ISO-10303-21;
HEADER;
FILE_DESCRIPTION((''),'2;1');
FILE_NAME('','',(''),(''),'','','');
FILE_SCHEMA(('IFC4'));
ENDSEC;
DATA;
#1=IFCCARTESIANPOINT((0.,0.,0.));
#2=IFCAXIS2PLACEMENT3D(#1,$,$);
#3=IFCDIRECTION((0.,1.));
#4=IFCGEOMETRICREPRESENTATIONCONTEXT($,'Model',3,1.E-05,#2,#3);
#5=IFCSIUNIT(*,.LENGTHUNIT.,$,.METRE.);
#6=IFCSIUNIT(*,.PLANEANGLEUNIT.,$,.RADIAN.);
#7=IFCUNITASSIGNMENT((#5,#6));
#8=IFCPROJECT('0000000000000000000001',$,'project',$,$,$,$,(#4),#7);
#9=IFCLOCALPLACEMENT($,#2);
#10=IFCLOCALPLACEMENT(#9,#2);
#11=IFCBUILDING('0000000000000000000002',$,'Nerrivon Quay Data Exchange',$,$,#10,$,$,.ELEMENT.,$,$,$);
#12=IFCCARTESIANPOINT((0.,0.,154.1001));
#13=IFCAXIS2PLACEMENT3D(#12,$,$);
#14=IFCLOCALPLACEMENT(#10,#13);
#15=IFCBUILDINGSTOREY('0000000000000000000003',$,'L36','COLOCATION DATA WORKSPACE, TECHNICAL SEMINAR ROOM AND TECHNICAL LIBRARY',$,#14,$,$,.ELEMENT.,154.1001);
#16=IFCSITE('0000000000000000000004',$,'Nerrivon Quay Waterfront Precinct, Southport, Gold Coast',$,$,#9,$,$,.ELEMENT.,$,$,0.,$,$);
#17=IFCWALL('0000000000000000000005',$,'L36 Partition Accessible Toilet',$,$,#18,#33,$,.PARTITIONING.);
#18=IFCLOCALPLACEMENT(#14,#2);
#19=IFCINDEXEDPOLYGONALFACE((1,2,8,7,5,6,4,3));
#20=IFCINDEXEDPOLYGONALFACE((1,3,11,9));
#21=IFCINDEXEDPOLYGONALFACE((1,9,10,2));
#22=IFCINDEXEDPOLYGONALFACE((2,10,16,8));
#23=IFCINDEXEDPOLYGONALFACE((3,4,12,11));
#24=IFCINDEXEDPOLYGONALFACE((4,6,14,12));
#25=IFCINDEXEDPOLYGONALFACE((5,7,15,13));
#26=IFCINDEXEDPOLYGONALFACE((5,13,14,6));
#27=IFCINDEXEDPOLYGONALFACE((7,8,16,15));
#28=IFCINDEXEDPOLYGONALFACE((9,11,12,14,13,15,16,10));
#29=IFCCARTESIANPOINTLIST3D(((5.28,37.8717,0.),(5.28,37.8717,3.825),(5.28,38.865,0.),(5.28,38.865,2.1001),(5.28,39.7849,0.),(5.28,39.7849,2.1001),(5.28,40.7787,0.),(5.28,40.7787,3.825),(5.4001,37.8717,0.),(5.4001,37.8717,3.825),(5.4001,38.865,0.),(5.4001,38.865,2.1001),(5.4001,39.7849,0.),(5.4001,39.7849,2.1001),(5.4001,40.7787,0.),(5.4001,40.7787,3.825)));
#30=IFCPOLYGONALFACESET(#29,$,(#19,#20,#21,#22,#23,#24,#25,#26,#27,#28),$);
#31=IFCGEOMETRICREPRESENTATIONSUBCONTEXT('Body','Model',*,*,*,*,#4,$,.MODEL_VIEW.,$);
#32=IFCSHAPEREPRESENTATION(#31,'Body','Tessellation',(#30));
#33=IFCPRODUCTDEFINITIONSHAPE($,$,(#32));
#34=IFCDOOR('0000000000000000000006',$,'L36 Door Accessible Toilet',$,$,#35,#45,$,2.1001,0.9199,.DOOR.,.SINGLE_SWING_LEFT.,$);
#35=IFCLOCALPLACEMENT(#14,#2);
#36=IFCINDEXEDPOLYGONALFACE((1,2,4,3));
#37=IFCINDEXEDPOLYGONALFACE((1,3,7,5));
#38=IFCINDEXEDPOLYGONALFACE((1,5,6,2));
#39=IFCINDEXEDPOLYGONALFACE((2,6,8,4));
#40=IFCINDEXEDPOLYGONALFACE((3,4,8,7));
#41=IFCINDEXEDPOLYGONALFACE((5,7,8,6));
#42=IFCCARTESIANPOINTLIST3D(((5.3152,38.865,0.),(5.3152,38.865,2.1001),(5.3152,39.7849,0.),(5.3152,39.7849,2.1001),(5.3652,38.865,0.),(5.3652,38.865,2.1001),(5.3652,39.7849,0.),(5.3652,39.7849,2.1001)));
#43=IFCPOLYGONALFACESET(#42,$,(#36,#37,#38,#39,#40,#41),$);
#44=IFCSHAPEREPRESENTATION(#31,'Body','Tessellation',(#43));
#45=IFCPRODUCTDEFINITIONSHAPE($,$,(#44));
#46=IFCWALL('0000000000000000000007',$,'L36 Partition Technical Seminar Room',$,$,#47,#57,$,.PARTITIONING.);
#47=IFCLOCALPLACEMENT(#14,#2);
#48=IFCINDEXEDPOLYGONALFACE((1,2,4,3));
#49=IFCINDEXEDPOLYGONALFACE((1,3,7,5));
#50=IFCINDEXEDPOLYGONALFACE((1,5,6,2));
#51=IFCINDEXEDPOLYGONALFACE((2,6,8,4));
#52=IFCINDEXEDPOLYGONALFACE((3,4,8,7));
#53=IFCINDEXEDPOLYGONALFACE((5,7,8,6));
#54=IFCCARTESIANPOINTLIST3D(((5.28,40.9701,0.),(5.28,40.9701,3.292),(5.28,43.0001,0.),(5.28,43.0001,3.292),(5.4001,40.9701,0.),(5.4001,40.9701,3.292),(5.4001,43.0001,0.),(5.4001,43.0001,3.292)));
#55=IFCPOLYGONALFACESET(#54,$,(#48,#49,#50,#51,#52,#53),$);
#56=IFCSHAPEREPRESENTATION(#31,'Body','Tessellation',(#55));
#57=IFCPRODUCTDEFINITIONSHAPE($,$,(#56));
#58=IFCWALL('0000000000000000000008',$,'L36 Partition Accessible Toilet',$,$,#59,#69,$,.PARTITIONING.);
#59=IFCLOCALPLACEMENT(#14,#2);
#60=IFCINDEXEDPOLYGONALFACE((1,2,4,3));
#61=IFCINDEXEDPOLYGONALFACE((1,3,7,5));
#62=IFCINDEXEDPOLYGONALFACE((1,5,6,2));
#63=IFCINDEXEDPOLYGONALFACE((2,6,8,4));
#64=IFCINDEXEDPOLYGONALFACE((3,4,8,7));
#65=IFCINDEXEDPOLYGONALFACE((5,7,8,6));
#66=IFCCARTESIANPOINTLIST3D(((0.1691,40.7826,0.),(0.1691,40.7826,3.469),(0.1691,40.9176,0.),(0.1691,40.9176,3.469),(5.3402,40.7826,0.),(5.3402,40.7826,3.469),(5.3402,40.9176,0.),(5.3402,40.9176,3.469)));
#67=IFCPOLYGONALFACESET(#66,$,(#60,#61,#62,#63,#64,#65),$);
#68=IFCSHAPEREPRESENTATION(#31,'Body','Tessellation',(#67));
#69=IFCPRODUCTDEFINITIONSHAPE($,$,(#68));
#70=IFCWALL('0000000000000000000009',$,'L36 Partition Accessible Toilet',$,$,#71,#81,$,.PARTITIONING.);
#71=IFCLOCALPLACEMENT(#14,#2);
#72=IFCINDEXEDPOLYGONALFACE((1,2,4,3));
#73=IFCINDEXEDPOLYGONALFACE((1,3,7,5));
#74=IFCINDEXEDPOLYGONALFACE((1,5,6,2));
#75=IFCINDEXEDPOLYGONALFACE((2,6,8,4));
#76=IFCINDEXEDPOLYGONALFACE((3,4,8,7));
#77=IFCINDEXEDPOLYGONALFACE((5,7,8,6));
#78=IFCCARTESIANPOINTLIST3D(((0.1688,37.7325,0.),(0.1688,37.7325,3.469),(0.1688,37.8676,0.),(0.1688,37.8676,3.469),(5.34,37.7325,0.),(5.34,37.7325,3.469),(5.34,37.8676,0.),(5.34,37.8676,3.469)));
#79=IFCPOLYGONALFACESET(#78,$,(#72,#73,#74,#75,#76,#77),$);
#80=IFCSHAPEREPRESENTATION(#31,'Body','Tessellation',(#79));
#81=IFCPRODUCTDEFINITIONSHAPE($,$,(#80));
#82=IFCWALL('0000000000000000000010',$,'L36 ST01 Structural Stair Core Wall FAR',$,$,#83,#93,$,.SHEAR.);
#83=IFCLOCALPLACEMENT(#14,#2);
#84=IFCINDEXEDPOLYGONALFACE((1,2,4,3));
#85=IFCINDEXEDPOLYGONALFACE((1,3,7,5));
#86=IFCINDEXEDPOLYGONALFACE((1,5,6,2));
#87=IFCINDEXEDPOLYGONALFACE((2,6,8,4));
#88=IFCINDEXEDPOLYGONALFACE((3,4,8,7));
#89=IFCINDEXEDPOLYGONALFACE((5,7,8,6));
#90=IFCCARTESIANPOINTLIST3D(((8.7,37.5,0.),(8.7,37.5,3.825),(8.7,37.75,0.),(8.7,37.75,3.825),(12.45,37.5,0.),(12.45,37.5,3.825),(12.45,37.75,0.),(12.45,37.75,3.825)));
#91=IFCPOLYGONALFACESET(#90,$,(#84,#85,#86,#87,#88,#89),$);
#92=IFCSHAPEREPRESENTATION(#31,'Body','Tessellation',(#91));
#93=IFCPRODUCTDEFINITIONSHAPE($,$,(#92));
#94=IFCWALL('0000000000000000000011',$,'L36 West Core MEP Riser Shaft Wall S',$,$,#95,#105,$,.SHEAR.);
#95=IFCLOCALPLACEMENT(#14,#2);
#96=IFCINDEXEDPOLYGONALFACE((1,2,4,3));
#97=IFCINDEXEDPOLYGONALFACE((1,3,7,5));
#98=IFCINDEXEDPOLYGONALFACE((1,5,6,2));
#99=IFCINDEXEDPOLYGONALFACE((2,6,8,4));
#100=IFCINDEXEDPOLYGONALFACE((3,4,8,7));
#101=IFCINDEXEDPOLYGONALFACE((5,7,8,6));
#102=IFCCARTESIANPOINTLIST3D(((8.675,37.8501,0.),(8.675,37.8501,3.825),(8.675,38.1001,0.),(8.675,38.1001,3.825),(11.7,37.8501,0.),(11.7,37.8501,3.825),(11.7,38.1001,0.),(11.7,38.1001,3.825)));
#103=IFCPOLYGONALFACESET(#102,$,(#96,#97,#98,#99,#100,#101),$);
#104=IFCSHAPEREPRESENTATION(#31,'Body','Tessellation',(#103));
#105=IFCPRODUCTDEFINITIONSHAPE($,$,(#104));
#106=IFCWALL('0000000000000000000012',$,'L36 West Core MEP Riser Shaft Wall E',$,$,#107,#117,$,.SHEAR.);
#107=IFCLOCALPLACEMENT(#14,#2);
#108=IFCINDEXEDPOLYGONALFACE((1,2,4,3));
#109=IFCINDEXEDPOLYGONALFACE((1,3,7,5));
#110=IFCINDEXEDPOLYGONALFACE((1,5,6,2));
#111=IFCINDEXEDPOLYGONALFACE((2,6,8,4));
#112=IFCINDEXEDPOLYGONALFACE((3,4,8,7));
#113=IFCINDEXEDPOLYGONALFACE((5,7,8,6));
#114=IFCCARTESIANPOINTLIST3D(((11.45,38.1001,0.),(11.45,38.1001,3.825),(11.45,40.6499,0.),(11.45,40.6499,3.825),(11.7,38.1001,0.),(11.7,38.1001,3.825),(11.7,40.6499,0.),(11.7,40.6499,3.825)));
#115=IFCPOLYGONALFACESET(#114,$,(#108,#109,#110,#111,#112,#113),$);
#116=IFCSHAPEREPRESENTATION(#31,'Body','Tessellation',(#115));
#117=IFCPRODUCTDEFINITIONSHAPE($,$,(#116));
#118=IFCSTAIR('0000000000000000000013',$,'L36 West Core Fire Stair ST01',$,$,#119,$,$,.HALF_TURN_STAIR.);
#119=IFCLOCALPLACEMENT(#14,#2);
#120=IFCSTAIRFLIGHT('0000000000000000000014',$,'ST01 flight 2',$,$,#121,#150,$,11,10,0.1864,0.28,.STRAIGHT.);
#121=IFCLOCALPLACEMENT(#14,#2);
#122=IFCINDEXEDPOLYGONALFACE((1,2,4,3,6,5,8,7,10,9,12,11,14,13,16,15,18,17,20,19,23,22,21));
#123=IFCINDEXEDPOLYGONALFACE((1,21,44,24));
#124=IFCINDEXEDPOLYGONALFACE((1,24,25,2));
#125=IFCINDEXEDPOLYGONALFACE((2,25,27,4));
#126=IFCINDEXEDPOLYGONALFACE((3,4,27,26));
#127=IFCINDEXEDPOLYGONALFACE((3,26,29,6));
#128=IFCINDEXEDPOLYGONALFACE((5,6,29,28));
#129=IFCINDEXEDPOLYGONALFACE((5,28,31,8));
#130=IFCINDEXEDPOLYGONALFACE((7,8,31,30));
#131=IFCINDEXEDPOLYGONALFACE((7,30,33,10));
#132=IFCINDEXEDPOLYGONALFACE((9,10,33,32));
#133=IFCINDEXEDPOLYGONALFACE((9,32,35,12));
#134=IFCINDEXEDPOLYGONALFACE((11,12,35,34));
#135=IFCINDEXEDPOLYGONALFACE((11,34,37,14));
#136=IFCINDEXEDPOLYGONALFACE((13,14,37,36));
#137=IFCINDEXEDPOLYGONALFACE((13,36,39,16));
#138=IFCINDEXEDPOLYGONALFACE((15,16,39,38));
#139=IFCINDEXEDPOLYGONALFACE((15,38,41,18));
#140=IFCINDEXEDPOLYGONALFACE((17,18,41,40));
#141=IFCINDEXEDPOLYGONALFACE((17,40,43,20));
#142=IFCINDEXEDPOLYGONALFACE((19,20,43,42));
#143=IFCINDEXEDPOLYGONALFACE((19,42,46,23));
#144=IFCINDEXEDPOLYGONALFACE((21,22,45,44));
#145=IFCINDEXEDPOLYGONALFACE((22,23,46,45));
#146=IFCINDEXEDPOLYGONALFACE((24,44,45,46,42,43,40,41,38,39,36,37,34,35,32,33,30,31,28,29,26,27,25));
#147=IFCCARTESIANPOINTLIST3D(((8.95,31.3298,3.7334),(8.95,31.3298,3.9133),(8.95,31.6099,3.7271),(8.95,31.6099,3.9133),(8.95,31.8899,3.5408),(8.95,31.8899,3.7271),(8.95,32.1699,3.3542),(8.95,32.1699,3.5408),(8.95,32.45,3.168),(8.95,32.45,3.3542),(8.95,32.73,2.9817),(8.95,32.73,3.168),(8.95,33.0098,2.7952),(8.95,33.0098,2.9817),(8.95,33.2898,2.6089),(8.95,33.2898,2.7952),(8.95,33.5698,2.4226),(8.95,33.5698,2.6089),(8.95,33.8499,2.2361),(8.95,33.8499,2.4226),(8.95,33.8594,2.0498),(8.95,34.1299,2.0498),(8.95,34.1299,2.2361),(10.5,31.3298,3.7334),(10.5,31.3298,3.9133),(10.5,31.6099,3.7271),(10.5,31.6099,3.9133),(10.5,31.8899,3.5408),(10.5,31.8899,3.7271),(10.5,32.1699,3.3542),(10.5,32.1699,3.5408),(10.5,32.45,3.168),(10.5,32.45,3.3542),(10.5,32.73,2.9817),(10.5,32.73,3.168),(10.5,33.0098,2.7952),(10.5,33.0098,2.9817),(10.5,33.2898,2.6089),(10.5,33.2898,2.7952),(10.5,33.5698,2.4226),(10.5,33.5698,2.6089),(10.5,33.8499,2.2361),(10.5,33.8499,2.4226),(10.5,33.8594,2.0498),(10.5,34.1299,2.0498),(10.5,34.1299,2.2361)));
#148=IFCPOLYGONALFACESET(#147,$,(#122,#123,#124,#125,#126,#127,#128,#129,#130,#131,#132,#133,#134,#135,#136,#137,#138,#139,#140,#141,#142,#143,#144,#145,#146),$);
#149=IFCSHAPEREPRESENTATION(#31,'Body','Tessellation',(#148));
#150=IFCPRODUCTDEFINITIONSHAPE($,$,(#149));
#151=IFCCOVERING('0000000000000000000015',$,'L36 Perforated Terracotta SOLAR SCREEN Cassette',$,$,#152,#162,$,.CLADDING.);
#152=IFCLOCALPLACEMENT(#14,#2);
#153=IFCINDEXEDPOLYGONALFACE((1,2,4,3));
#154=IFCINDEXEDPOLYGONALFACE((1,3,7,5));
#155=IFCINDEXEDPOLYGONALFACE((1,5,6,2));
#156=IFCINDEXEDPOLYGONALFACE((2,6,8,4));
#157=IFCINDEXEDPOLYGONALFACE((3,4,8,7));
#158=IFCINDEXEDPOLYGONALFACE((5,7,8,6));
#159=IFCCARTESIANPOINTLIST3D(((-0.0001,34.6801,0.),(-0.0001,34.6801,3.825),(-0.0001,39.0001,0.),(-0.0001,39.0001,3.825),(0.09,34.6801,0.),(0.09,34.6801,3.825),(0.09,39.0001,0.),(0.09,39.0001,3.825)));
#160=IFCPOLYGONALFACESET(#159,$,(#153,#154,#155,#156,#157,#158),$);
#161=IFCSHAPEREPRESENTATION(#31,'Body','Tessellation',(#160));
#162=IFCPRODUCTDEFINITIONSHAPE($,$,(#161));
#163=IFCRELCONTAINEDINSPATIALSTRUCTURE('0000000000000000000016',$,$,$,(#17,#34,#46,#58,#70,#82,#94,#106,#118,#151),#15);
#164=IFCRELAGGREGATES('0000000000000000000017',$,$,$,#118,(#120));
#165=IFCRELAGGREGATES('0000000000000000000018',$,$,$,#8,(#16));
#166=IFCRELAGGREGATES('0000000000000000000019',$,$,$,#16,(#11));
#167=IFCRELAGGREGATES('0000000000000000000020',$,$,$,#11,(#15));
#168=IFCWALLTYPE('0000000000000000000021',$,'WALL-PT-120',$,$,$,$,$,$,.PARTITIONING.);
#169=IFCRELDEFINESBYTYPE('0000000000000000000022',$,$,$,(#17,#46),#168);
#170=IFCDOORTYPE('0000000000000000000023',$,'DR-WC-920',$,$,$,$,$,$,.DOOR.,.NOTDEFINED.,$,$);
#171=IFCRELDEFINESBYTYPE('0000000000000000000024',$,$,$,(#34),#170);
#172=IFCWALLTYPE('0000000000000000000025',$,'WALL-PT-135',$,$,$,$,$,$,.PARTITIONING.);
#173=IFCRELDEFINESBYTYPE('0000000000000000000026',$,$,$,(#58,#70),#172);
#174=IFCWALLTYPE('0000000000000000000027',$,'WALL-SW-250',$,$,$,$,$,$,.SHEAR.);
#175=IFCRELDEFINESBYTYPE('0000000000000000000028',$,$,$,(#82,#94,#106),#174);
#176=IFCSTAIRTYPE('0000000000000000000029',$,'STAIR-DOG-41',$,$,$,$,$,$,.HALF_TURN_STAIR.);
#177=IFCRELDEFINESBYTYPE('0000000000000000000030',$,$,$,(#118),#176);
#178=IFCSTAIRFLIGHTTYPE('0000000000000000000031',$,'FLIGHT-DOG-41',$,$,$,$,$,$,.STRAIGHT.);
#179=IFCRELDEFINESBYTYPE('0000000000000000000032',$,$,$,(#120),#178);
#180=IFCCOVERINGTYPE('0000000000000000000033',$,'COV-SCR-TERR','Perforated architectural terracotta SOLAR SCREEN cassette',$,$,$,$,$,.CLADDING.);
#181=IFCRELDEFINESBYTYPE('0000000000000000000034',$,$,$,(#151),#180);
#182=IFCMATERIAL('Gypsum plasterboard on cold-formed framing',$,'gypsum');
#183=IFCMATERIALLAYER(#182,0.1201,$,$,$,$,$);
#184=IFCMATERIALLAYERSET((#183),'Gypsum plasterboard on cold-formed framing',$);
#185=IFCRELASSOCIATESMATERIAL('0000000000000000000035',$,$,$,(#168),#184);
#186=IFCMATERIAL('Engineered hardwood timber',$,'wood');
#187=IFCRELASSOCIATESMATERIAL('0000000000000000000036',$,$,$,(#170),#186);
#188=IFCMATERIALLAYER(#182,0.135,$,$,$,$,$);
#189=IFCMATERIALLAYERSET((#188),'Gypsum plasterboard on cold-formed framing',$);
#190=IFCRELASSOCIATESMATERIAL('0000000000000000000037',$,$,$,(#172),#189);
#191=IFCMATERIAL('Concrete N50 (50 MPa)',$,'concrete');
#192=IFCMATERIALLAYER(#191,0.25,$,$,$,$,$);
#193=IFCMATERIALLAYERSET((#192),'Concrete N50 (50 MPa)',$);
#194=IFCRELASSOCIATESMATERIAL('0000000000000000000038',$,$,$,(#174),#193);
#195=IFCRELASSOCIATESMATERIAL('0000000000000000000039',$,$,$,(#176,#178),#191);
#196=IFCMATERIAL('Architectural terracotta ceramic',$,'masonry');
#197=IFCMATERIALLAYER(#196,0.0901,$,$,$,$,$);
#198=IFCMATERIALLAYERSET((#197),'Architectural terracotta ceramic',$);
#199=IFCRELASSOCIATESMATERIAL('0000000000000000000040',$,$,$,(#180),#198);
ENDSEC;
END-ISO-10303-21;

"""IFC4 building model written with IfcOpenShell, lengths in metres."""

from ifc_helpers import new_model, si_unit, direction, frame, frame_2d, origin, origin_2d, place, context, subcontext, project, spatial, polyline, rectangle, outline, extrude, material, layer, layer_set, type_object, element, fill, aggregate, save


model = new_model("IFC4")

# Units and contexts
model_context = context("Model", 3, precision=1e-05, world=origin(), true_north=direction((0.0, 1.0)))
body_context = subcontext(model_context, "Body", "Model", "MODEL_VIEW")
ifc_project = project(units=[si_unit("LENGTHUNIT", "METRE"), si_unit("PLANEANGLEUNIT", "RADIAN")], contexts=[model_context])

# Site, building, storey
site_placement = place(None, origin())
site = spatial("IfcSite", under=ifc_project, at=site_placement, Name="Nerrivon Quay Waterfront Precinct, Southport, Gold Coast", CompositionType="ELEMENT", RefElevation=0.0)
building_placement = place(site_placement, origin())
building = spatial("IfcBuilding", under=site, at=building_placement, Name="Nerrivon Quay Data Exchange", CompositionType="ELEMENT")
storey_placement = place(building_placement, frame((0.0, 0.0, 154.1001)))
storey = spatial("IfcBuildingStorey", under=building, at=storey_placement, Name="L36", Description="COLOCATION DATA WORKSPACE, TECHNICAL SEMINAR ROOM AND TECHNICAL LIBRARY", CompositionType="ELEMENT", Elevation=154.1001)

# Shared definitions
ifc_material_1 = material(Name="Gypsum plasterboard on cold-formed framing", Category="gypsum")

# Wall, opening, door
ifc_layer_1 = layer(ifc_material_1, 0.1201)
ifc_layer_set_1 = layer_set([ifc_layer_1], Name="Gypsum plasterboard on cold-formed framing")
wall_type_1 = type_object("IfcWallType", Name="WALL-PT-120", PredefinedType="PARTITIONING", material=ifc_layer_set_1)
wall_1_placement = place(storey_placement, frame((5.3401, 37.8716, 0.0), z_axis=(0.0, 0.0, 1.0), x_axis=(0.0, 1.0, 0.0)))
wall_1 = element("IfcWall", 1, at=wall_1_placement, inside=storey, type_object=wall_type_1, Name="L36 Partition Accessible Toilet", PredefinedType="PARTITIONING", context=body_context, shape_type="SweptSolid", body=[
    extrude(rectangle(XDim=2.907, YDim=0.1201, at=frame_2d((1.4536, 0.0))), origin(), (0.0, 0.0, 1.0), 3.825),
])
opening_1_placement = place(wall_1_placement, frame((0.9934, 0.0, 0.0)))
opening_1 = element("IfcOpeningElement", 2, at=opening_1_placement, cuts=wall_1, PredefinedType="OPENING", context=body_context, shape_type="SweptSolid", body=[
    extrude(rectangle(XDim=0.9199, YDim=2.1001, at=frame_2d((0.46, 1.05))), frame((0.0, 0.0701, 0.0), z_axis=(0.0, -1.0, 0.0), x_axis=(1.0, 0.0, 0.0)), (0.0, 0.0, 1.0), 0.1401),
])
ifc_material_2 = material(Name="Engineered hardwood timber", Category="wood")
door_type_1 = type_object("IfcDoorType", Name="DR-WC-920", OperationType="NOTDEFINED", PredefinedType="DOOR", material=ifc_material_2)
door_1_placement = place(opening_1_placement, origin())
door_1 = element("IfcDoor", 3, at=door_1_placement, inside=storey, type_object=door_type_1, Name="L36 Door Accessible Toilet", OperationType="SINGLE_SWING_LEFT", OverallHeight=2.1001, OverallWidth=0.9199, PredefinedType="DOOR", context=body_context, shape_type="SweptSolid", body=[
    extrude(rectangle(XDim=0.9199, YDim=2.1001, at=frame_2d((0.46, 1.05))), frame((0.0, 0.0249, 0.0), z_axis=(0.0, -1.0, 0.0), x_axis=(1.0, 0.0, 0.0)), (0.0, 0.0, 1.0), 0.05),
])
fill(opening_1, door_1)

# Walls
wall_2_placement = place(storey_placement, frame((5.3401, 40.97, 0.0), z_axis=(0.0, 0.0, 1.0), x_axis=(0.0, 1.0, 0.0)))
element("IfcWall", 4, at=wall_2_placement, inside=storey, type_object=wall_type_1, Name="L36 Partition Technical Seminar Room", PredefinedType="PARTITIONING", context=body_context, shape_type="SweptSolid", body=[
    extrude(rectangle(XDim=2.03, YDim=0.1201, at=frame_2d((1.0151, 0.0))), origin(), (0.0, 0.0, 1.0), 3.292),
])
ifc_layer_2 = layer(ifc_material_1, 0.135)
ifc_layer_set_2 = layer_set([ifc_layer_2], Name="Gypsum plasterboard on cold-formed framing")
wall_type_2 = type_object("IfcWallType", Name="WALL-PT-135", PredefinedType="PARTITIONING", material=ifc_layer_set_2)
for number, where, z_axis, x_axis, name in (
    (5, (5.3401, 40.8501, 0.0), (0.0, 0.0, 1.0), (-1.0, 0.0, 0.0), "L36 Partition Accessible Toilet"),
    (6, (0.1689, 37.8, 0.0), (0.0, 0.0, 1.0), (1.0, 0.0, 0.0), "L36 Partition Accessible Toilet"),
):
    element("IfcWall", number, at=place(storey_placement, frame(where, z_axis=z_axis, x_axis=x_axis)), inside=storey, type_object=wall_type_2, Name=name, PredefinedType="PARTITIONING", context=body_context, shape_type="SweptSolid", body=[
        extrude(rectangle(XDim=5.1711, YDim=0.135, at=frame_2d((2.5854, 0.0))), origin(), (0.0, 0.0, 1.0), 3.469),
    ])
ifc_material_3 = material(Name="Concrete N50 (50 MPa)", Category="concrete")
ifc_layer_3 = layer(ifc_material_3, 0.25)
ifc_layer_set_3 = layer_set([ifc_layer_3], Name="Concrete N50 (50 MPa)")
wall_type_3 = type_object("IfcWallType", Name="WALL-SW-250", PredefinedType="SHEAR", material=ifc_layer_set_3)
wall_3_placement = place(storey_placement, frame((12.45, 37.625, 0.0), z_axis=(0.0, 0.0, 1.0), x_axis=(-1.0, 0.0, 0.0)))
element("IfcWall", 7, at=wall_3_placement, inside=storey, type_object=wall_type_3, Name="L36 ST01 Structural Stair Core Wall FAR", PredefinedType="SHEAR", context=body_context, shape_type="SweptSolid", body=[
    extrude(rectangle(XDim=3.75, YDim=0.25, at=frame_2d((1.875, 0.0))), origin(), (0.0, 0.0, 1.0), 3.825),
])
wall_4_placement = place(storey_placement, frame((8.675, 37.9751, 0.0), z_axis=(0.0, 0.0, 1.0), x_axis=(1.0, 0.0, 0.0)))
element("IfcWall", 8, at=wall_4_placement, inside=storey, type_object=wall_type_3, Name="L36 West Core MEP Riser Shaft Wall S", PredefinedType="SHEAR", context=body_context, shape_type="SweptSolid", body=[
    extrude(rectangle(XDim=3.0249, YDim=0.25, at=frame_2d((1.5125, 0.0))), origin(), (0.0, 0.0, 1.0), 3.825),
])
wall_5_placement = place(storey_placement, frame((11.575, 38.1001, 0.0), z_axis=(0.0, 0.0, 1.0), x_axis=(0.0, 1.0, 0.0)))
element("IfcWall", 9, at=wall_5_placement, inside=storey, type_object=wall_type_3, Name="L36 West Core MEP Riser Shaft Wall E", PredefinedType="SHEAR", context=body_context, shape_type="SweptSolid", body=[
    extrude(rectangle(XDim=2.5498, YDim=0.25, at=frame_2d((1.2749, 0.0))), origin(), (0.0, 0.0, 1.0), 3.825),
])

# Stair, stair flight
stair_type = type_object("IfcStairType", Name="STAIR-DOG-41", PredefinedType="HALF_TURN_STAIR", material=ifc_material_3)
stair_placement = place(storey_placement, origin())
stair = element("IfcStair", 10, at=stair_placement, inside=storey, type_object=stair_type, Name="L36 West Core Fire Stair ST01", PredefinedType="HALF_TURN_STAIR")
stair_flight_type = type_object("IfcStairFlightType", Name="FLIGHT-DOG-41", PredefinedType="STRAIGHT", material=ifc_material_3)
stair_flight_placement = place(storey_placement, frame((9.7251, 34.1299, 2.0498), z_axis=(0.0, 0.0, 1.0), x_axis=(0.0, -1.0, 0.0)))
stair_flight = element("IfcStairFlight", 11, at=stair_flight_placement, type_object=stair_flight_type, Name="ST01 flight 2", NumberOfRisers=11, NumberOfTreads=10, PredefinedType="STRAIGHT", RiserHeight=0.1864, TreadLength=0.28, context=body_context, shape_type="SweptSolid", body=[
    extrude(outline(polyline([(0.0, 0.0), (0.0, 0.1863), (0.28, 0.1863), (0.28, 0.3728), (0.5601, 0.3728), (0.5601, 0.5591), (0.8401, 0.5591), (0.8401, 0.7454), (1.1201, 0.7454), (1.1201, 0.9319), (1.3999, 0.9319), (1.3999, 1.1182), (1.6799, 1.1182), (1.6799, 1.3044), (1.96, 1.3044), (1.96, 1.491), (2.24, 1.491), (2.24, 1.6772), (2.52, 1.6772), (2.52, 1.8635), (2.8, 1.8635), (2.8, 2.05), (2.8, 1.6836), (0.2705, 0.0), (0.0, 0.0)])), frame((0.0, 0.7749, 0.0), z_axis=(0.0, -1.0, 0.0), x_axis=(1.0, 0.0, 0.0)), (0.0, 0.0, 1.0), 1.55),
])
aggregate(stair, [stair_flight])

# Covering
ifc_material_4 = material(Name="Architectural terracotta ceramic", Category="masonry")
ifc_layer_4 = layer(ifc_material_4, 0.0901)
ifc_layer_set_4 = layer_set([ifc_layer_4], Name="Architectural terracotta ceramic")
covering_type = type_object("IfcCoveringType", Name="COV-SCR-TERR", Description="Perforated architectural terracotta SOLAR SCREEN cassette", PredefinedType="CLADDING", material=ifc_layer_set_4)
covering_placement = place(storey_placement, frame((0.0449, 36.8401, 0.0), z_axis=(0.0, 0.0, 1.0), x_axis=(0.0, 1.0, 0.0)))
element("IfcCovering", 12, at=covering_placement, inside=storey, type_object=covering_type, Name="L36 Perforated Terracotta SOLAR SCREEN Cassette", PredefinedType="CLADDING", context=body_context, shape_type="SweptSolid", body=[
    extrude(rectangle(XDim=4.3201, YDim=0.0901, at=origin_2d()), origin(), (0.0, 0.0, 1.0), 3.825),
])

save(model, "model.ifc")
